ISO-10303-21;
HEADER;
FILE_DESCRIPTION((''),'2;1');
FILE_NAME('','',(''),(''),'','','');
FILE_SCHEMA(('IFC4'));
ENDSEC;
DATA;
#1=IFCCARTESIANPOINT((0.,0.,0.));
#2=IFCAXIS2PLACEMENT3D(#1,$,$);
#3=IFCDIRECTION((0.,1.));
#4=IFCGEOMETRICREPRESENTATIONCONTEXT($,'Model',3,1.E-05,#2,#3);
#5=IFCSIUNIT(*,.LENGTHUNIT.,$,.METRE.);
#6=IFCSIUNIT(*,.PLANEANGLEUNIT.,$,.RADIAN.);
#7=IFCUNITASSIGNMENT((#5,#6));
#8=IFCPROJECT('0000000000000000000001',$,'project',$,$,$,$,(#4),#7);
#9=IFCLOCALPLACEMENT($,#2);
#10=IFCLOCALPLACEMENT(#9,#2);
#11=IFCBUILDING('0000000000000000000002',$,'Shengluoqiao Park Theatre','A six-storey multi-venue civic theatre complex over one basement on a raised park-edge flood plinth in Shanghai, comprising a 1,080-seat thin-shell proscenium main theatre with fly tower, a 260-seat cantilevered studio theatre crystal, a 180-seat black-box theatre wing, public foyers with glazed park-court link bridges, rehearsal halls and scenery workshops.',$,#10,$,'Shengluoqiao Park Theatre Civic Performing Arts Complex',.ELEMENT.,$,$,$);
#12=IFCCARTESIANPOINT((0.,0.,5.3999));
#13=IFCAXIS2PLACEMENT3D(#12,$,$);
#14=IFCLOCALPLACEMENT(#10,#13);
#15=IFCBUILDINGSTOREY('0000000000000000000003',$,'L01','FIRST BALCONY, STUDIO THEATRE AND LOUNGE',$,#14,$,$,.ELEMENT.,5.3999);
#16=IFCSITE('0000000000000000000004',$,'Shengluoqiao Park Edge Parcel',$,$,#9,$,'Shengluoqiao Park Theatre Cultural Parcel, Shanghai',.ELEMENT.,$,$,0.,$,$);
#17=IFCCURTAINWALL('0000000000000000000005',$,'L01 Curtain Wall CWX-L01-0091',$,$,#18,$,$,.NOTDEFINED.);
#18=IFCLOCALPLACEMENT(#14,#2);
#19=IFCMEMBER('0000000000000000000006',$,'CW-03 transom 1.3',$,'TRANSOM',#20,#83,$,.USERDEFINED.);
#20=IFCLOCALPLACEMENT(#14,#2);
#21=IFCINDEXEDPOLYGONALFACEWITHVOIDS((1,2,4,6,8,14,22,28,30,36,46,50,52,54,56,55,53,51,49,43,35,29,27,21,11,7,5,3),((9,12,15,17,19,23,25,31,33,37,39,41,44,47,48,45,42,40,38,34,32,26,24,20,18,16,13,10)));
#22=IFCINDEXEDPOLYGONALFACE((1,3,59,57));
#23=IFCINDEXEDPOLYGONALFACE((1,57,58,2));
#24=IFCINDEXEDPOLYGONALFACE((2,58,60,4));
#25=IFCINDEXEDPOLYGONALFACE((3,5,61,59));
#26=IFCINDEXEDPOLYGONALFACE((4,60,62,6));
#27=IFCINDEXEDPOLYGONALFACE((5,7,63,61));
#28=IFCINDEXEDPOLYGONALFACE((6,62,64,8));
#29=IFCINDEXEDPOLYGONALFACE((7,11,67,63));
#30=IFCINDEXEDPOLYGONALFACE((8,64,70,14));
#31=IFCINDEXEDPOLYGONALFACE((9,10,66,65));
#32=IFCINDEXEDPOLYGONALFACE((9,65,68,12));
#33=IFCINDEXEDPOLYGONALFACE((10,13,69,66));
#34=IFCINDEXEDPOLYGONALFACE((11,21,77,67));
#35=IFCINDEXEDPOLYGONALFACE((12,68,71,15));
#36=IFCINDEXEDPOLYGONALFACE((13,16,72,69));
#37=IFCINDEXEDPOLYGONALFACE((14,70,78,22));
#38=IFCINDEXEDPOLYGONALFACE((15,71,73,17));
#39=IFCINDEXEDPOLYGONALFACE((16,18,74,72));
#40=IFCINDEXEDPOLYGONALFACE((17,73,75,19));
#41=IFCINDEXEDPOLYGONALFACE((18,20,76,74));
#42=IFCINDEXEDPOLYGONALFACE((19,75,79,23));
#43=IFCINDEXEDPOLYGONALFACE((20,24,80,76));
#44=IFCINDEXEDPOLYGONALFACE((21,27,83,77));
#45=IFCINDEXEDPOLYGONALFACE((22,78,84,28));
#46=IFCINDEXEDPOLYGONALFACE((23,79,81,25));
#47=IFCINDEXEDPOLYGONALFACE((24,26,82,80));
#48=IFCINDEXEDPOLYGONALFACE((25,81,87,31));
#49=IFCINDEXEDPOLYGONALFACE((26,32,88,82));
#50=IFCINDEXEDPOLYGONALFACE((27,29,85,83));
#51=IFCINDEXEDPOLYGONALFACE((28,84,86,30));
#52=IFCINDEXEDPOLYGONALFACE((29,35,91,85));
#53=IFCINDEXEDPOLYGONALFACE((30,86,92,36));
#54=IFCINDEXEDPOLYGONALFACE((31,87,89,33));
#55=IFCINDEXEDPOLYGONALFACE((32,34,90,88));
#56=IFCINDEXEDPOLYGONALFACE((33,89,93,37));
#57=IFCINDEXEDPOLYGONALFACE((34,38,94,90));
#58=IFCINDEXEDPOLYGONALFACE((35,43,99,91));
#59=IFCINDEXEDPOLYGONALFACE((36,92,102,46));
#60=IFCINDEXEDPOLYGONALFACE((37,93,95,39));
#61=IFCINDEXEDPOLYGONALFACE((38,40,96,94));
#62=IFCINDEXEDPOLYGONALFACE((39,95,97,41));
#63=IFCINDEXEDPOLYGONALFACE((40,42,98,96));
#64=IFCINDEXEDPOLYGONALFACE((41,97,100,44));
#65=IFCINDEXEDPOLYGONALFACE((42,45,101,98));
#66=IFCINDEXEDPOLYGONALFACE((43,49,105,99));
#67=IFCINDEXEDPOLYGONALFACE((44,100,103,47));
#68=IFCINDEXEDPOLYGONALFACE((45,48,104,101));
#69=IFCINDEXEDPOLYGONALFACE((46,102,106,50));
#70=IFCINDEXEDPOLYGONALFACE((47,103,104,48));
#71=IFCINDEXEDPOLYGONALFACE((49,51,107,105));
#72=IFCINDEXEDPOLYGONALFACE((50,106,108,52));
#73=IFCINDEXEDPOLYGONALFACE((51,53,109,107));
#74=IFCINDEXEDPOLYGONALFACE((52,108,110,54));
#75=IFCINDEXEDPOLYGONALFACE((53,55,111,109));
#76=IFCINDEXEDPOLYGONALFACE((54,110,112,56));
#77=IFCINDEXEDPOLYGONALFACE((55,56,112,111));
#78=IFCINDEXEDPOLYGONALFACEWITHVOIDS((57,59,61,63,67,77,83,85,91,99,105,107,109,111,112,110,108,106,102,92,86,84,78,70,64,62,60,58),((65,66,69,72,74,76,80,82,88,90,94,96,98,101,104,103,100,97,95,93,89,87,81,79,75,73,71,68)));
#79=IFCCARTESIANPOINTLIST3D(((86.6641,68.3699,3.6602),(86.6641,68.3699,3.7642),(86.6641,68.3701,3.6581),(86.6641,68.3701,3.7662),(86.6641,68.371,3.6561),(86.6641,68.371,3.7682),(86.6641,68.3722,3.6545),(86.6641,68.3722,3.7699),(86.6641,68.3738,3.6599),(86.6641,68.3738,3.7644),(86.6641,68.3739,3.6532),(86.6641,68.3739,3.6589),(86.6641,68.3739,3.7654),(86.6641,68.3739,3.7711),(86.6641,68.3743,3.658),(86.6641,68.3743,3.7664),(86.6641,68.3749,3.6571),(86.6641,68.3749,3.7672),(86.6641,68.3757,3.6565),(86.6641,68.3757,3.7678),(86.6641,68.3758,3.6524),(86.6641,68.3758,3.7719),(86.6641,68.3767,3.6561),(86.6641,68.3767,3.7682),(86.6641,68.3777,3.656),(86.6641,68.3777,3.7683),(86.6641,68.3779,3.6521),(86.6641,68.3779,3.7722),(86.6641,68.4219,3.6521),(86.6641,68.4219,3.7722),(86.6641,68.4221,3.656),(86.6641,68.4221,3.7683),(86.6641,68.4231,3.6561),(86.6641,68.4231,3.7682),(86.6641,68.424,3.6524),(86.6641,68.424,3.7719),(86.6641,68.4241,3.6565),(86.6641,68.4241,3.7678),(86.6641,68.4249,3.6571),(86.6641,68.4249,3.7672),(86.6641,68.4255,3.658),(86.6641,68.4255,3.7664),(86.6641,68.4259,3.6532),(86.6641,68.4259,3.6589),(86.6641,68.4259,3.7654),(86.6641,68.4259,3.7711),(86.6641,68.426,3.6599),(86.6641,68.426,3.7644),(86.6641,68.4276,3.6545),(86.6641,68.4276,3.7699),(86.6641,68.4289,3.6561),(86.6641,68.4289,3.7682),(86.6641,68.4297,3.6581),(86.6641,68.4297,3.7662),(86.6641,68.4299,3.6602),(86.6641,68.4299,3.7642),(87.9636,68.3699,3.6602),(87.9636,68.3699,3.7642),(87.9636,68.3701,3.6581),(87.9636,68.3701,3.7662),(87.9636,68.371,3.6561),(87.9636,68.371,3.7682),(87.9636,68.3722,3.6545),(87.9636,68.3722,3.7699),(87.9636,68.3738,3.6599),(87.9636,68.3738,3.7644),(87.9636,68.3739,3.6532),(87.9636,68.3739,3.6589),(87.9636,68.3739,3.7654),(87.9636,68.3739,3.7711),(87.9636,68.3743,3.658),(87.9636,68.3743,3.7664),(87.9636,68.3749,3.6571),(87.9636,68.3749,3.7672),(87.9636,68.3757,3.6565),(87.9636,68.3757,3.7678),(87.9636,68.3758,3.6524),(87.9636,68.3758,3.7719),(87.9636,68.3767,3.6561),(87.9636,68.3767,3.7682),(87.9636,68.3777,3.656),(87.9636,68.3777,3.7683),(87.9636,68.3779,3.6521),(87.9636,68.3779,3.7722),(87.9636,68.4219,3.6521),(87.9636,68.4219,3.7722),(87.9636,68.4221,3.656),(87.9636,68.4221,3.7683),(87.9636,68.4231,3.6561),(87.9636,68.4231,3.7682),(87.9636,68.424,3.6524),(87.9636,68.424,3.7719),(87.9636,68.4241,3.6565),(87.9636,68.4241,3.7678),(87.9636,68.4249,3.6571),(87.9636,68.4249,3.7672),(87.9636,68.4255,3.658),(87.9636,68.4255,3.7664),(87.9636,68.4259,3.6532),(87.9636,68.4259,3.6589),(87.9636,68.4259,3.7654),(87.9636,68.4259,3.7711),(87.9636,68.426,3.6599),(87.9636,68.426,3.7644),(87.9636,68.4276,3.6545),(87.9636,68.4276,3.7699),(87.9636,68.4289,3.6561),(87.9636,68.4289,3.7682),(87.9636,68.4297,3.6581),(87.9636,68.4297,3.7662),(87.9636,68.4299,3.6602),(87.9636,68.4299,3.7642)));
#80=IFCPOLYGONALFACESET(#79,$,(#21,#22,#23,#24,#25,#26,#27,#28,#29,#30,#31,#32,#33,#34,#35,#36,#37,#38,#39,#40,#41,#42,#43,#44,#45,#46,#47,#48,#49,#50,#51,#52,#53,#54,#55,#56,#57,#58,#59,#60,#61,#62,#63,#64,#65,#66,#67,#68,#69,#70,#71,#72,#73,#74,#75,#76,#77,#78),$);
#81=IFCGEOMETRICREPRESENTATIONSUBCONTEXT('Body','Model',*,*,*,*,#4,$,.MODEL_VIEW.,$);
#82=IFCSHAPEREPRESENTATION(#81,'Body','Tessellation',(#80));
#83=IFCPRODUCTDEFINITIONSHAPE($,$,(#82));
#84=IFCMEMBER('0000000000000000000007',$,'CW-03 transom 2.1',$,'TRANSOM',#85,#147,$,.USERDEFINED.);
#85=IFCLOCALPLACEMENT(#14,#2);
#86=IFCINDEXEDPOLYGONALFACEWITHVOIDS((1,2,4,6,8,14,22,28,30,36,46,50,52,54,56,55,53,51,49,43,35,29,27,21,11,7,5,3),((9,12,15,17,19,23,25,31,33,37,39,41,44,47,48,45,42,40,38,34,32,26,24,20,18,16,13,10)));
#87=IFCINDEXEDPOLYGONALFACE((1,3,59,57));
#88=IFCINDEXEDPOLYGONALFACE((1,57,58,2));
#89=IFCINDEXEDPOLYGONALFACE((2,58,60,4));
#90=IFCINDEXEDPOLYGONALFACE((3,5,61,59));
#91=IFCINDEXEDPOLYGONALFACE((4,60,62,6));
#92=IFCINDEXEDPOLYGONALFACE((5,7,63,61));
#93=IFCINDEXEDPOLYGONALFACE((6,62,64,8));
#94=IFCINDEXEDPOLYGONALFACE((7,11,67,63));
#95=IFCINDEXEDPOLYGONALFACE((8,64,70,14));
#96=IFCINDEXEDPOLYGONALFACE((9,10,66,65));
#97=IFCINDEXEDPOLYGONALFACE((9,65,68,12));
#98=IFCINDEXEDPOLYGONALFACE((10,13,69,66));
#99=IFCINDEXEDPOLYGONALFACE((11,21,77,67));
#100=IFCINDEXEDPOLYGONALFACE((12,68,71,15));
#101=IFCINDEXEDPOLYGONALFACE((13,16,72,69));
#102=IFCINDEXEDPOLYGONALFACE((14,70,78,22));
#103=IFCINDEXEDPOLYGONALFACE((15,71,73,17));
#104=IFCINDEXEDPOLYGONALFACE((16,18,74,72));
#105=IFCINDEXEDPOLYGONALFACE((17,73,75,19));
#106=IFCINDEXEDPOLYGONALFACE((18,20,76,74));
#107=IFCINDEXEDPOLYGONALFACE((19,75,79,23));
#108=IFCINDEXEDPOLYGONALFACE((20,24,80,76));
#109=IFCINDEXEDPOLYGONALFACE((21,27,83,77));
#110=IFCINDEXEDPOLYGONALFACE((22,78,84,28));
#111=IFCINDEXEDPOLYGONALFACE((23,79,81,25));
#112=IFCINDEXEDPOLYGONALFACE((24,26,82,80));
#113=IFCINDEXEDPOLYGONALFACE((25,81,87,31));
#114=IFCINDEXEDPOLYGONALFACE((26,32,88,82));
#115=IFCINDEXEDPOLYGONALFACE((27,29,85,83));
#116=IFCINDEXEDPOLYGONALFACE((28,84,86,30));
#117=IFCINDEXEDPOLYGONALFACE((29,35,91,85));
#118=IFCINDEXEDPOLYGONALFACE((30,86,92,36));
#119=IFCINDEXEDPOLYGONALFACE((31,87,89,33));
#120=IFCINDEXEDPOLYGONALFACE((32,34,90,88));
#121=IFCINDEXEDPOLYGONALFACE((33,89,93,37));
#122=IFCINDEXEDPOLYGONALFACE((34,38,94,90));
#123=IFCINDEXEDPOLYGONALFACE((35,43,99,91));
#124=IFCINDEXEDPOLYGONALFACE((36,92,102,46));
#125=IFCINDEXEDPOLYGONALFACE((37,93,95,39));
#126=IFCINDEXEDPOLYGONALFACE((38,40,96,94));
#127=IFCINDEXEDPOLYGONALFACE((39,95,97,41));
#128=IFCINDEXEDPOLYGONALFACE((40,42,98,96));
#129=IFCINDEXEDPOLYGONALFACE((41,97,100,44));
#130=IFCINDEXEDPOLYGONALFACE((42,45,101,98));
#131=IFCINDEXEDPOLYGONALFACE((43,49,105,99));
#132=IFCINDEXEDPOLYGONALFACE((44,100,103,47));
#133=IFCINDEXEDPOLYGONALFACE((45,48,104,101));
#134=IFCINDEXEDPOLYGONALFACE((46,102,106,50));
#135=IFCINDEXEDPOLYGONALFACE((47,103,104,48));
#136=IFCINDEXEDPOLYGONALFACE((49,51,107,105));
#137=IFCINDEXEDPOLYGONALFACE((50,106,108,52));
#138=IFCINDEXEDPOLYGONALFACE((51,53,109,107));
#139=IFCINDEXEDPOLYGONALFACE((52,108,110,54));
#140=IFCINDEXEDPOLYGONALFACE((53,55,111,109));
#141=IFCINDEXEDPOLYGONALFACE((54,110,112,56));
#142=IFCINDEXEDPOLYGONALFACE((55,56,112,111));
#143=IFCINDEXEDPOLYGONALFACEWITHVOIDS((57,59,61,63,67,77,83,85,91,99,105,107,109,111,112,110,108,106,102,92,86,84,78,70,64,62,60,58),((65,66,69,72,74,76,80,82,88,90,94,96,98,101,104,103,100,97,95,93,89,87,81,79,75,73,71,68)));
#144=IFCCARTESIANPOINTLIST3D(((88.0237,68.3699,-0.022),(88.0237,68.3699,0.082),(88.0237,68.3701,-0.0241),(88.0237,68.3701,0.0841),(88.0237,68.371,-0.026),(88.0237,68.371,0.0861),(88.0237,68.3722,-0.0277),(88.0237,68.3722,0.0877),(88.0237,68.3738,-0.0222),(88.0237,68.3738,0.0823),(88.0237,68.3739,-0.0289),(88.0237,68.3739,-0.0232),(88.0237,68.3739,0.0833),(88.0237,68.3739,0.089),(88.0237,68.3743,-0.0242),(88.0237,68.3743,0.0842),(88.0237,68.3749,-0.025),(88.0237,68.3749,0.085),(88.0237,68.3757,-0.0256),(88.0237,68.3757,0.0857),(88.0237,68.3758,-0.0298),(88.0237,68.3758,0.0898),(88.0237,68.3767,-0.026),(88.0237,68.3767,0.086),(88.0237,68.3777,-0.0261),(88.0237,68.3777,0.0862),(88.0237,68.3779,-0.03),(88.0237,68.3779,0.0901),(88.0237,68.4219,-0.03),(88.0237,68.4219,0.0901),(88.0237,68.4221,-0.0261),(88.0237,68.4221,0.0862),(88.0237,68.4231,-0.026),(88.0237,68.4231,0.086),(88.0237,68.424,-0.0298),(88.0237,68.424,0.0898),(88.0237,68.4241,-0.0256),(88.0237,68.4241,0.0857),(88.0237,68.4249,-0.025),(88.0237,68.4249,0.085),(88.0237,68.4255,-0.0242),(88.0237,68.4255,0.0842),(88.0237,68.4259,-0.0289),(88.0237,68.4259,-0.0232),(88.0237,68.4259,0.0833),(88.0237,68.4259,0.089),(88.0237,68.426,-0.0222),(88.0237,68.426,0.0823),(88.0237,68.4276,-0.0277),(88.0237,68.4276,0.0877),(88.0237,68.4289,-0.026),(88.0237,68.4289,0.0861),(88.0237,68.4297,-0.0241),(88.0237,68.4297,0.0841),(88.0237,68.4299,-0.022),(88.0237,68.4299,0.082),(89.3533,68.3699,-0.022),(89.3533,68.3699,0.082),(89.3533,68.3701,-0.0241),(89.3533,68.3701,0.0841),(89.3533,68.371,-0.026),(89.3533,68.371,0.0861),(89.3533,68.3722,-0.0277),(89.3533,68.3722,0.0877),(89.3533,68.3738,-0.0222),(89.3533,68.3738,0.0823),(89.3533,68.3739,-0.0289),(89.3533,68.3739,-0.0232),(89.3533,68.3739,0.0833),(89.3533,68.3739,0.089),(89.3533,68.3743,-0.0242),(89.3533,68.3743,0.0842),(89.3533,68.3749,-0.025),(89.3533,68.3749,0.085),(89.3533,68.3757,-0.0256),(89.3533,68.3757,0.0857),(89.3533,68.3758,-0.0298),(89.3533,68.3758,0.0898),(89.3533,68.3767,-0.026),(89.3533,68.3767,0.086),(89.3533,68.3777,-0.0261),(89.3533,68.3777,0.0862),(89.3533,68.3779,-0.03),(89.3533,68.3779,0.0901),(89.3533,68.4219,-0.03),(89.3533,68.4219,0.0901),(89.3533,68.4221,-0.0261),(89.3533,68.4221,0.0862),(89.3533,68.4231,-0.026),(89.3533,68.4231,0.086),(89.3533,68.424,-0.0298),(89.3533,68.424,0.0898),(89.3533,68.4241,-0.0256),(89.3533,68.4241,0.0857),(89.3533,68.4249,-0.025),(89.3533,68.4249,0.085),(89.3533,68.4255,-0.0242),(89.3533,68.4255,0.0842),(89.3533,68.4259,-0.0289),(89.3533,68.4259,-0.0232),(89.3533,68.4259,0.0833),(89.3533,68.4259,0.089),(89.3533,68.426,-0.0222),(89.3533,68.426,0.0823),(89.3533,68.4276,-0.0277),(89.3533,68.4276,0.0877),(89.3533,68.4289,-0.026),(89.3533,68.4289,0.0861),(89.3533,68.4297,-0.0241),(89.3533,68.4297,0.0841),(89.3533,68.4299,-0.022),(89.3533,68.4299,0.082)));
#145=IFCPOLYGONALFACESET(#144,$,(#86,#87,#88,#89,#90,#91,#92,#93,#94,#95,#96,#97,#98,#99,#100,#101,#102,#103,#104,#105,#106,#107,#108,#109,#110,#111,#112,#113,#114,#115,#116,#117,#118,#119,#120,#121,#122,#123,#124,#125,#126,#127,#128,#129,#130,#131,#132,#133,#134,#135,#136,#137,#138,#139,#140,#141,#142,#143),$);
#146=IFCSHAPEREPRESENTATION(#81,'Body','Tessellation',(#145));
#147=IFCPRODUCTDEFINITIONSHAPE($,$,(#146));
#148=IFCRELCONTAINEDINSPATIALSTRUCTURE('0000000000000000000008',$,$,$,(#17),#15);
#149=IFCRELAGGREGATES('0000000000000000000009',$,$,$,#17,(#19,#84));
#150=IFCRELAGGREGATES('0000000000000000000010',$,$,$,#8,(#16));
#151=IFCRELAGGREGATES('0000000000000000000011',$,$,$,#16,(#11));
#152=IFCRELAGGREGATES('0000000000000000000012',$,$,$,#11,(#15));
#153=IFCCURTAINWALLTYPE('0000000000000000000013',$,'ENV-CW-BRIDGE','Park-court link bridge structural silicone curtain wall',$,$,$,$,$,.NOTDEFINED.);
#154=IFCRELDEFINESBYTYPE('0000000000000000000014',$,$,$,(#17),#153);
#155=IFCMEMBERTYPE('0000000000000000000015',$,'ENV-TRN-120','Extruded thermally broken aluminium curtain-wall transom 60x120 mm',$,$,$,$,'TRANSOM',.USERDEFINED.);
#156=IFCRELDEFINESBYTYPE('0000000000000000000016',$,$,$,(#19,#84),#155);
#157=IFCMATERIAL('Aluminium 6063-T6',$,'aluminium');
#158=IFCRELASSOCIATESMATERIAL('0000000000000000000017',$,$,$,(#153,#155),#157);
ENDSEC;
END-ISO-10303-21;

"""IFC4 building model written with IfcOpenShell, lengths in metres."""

from ifc_helpers import new_model, si_unit, direction, frame, origin, origin_2d, place, context, subcontext, project, spatial, hollow_rectangle, extrude, material, material_profile, profile_set, type_object, element, aggregate, save


model = new_model("IFC4")

# Units and contexts
model_context = context("Model", 3, precision=1e-05, world=origin(), true_north=direction((0.0, 1.0)))
body_context = subcontext(model_context, "Body", "Model", "MODEL_VIEW")
ifc_project = project(units=[si_unit("LENGTHUNIT", "METRE"), si_unit("PLANEANGLEUNIT", "RADIAN")], contexts=[model_context])

# Site, building, storey
site_placement = place(None, origin())
site = spatial("IfcSite", under=ifc_project, at=site_placement, Name="Shengluoqiao Park Edge Parcel", LongName="Shengluoqiao Park Theatre Cultural Parcel, Shanghai", CompositionType="ELEMENT", RefElevation=0.0)
building_placement = place(site_placement, origin())
building = spatial("IfcBuilding", under=site, at=building_placement, Name="Shengluoqiao Park Theatre", Description="A six-storey multi-venue civic theatre complex over one basement on a raised park-edge flood plinth in Shanghai, comprising a 1,080-seat thin-shell proscenium main theatre with fly tower, a 260-seat cantilevered studio theatre crystal, a 180-seat black-box theatre wing, public foyers with glazed park-court link bridges, rehearsal halls and scenery workshops.", LongName="Shengluoqiao Park Theatre Civic Performing Arts Complex", CompositionType="ELEMENT")
storey_placement = place(building_placement, frame((0.0, 0.0, 5.3999)))
storey = spatial("IfcBuildingStorey", under=building, at=storey_placement, Name="L01", Description="FIRST BALCONY, STUDIO THEATRE AND LOUNGE", CompositionType="ELEMENT", Elevation=5.3999)

# Curtain wall, members
ifc_material_1 = material(Name="Aluminium 6063-T6", Category="aluminium")
curtain_wall_type = type_object("IfcCurtainWallType", Name="ENV-CW-BRIDGE", Description="Park-court link bridge structural silicone curtain wall", PredefinedType="NOTDEFINED", material=ifc_material_1)
curtain_wall_placement = place(storey_placement, origin())
curtain_wall = element("IfcCurtainWall", 1, at=curtain_wall_placement, inside=storey, type_object=curtain_wall_type, Name="L01 Curtain Wall CWX-L01-0091", PredefinedType="NOTDEFINED")
ifc_material_profile_1 = material_profile(ifc_material_1, hollow_rectangle(XDim=0.0601, YDim=0.1201, WallThickness=0.0039, InnerFilletRadius=0.0039, OuterFilletRadius=0.0081, at=origin_2d()), Name="ALU TRANSOM 120x60x4")
ifc_profile_set_1 = profile_set([ifc_material_profile_1], Name="Aluminium 6063-T6")
member_type_1 = type_object("IfcMemberType", Name="ENV-TRN-120", Description="Extruded thermally broken aluminium curtain-wall transom 60x120 mm", ElementType="TRANSOM", PredefinedType="USERDEFINED", material=ifc_profile_set_1)
member_1_placement = place(storey_placement, frame((86.6641, 68.3999, 3.7122), z_axis=(1.0, 0.0, 0.0), x_axis=(0.0, 1.0, 0.0)))
member_1 = element("IfcMember", 2, at=member_1_placement, type_object=member_type_1, Name="CW-03 transom 1.3", ObjectType="TRANSOM", PredefinedType="USERDEFINED", context=body_context, shape_type="SweptSolid", body=[
    extrude(hollow_rectangle(XDim=0.0601, YDim=0.1201, WallThickness=0.0039, InnerFilletRadius=0.0039, OuterFilletRadius=0.0081, at=origin_2d()), origin(), (0.0, 0.0, 1.0), 1.2996),
])
member_2_placement = place(storey_placement, frame((88.0237, 68.3999, 0.03), z_axis=(1.0, 0.0, 0.0), x_axis=(0.0, 1.0, 0.0)))
member_2 = element("IfcMember", 3, at=member_2_placement, type_object=member_type_1, Name="CW-03 transom 2.1", ObjectType="TRANSOM", PredefinedType="USERDEFINED", context=body_context, shape_type="SweptSolid", body=[
    extrude(hollow_rectangle(XDim=0.0601, YDim=0.1201, WallThickness=0.0039, InnerFilletRadius=0.0039, OuterFilletRadius=0.0081, at=origin_2d()), origin(), (0.0, 0.0, 1.0), 1.3296),
])

aggregate(curtain_wall, [member_1, member_2])

save(model, "model.ifc")
